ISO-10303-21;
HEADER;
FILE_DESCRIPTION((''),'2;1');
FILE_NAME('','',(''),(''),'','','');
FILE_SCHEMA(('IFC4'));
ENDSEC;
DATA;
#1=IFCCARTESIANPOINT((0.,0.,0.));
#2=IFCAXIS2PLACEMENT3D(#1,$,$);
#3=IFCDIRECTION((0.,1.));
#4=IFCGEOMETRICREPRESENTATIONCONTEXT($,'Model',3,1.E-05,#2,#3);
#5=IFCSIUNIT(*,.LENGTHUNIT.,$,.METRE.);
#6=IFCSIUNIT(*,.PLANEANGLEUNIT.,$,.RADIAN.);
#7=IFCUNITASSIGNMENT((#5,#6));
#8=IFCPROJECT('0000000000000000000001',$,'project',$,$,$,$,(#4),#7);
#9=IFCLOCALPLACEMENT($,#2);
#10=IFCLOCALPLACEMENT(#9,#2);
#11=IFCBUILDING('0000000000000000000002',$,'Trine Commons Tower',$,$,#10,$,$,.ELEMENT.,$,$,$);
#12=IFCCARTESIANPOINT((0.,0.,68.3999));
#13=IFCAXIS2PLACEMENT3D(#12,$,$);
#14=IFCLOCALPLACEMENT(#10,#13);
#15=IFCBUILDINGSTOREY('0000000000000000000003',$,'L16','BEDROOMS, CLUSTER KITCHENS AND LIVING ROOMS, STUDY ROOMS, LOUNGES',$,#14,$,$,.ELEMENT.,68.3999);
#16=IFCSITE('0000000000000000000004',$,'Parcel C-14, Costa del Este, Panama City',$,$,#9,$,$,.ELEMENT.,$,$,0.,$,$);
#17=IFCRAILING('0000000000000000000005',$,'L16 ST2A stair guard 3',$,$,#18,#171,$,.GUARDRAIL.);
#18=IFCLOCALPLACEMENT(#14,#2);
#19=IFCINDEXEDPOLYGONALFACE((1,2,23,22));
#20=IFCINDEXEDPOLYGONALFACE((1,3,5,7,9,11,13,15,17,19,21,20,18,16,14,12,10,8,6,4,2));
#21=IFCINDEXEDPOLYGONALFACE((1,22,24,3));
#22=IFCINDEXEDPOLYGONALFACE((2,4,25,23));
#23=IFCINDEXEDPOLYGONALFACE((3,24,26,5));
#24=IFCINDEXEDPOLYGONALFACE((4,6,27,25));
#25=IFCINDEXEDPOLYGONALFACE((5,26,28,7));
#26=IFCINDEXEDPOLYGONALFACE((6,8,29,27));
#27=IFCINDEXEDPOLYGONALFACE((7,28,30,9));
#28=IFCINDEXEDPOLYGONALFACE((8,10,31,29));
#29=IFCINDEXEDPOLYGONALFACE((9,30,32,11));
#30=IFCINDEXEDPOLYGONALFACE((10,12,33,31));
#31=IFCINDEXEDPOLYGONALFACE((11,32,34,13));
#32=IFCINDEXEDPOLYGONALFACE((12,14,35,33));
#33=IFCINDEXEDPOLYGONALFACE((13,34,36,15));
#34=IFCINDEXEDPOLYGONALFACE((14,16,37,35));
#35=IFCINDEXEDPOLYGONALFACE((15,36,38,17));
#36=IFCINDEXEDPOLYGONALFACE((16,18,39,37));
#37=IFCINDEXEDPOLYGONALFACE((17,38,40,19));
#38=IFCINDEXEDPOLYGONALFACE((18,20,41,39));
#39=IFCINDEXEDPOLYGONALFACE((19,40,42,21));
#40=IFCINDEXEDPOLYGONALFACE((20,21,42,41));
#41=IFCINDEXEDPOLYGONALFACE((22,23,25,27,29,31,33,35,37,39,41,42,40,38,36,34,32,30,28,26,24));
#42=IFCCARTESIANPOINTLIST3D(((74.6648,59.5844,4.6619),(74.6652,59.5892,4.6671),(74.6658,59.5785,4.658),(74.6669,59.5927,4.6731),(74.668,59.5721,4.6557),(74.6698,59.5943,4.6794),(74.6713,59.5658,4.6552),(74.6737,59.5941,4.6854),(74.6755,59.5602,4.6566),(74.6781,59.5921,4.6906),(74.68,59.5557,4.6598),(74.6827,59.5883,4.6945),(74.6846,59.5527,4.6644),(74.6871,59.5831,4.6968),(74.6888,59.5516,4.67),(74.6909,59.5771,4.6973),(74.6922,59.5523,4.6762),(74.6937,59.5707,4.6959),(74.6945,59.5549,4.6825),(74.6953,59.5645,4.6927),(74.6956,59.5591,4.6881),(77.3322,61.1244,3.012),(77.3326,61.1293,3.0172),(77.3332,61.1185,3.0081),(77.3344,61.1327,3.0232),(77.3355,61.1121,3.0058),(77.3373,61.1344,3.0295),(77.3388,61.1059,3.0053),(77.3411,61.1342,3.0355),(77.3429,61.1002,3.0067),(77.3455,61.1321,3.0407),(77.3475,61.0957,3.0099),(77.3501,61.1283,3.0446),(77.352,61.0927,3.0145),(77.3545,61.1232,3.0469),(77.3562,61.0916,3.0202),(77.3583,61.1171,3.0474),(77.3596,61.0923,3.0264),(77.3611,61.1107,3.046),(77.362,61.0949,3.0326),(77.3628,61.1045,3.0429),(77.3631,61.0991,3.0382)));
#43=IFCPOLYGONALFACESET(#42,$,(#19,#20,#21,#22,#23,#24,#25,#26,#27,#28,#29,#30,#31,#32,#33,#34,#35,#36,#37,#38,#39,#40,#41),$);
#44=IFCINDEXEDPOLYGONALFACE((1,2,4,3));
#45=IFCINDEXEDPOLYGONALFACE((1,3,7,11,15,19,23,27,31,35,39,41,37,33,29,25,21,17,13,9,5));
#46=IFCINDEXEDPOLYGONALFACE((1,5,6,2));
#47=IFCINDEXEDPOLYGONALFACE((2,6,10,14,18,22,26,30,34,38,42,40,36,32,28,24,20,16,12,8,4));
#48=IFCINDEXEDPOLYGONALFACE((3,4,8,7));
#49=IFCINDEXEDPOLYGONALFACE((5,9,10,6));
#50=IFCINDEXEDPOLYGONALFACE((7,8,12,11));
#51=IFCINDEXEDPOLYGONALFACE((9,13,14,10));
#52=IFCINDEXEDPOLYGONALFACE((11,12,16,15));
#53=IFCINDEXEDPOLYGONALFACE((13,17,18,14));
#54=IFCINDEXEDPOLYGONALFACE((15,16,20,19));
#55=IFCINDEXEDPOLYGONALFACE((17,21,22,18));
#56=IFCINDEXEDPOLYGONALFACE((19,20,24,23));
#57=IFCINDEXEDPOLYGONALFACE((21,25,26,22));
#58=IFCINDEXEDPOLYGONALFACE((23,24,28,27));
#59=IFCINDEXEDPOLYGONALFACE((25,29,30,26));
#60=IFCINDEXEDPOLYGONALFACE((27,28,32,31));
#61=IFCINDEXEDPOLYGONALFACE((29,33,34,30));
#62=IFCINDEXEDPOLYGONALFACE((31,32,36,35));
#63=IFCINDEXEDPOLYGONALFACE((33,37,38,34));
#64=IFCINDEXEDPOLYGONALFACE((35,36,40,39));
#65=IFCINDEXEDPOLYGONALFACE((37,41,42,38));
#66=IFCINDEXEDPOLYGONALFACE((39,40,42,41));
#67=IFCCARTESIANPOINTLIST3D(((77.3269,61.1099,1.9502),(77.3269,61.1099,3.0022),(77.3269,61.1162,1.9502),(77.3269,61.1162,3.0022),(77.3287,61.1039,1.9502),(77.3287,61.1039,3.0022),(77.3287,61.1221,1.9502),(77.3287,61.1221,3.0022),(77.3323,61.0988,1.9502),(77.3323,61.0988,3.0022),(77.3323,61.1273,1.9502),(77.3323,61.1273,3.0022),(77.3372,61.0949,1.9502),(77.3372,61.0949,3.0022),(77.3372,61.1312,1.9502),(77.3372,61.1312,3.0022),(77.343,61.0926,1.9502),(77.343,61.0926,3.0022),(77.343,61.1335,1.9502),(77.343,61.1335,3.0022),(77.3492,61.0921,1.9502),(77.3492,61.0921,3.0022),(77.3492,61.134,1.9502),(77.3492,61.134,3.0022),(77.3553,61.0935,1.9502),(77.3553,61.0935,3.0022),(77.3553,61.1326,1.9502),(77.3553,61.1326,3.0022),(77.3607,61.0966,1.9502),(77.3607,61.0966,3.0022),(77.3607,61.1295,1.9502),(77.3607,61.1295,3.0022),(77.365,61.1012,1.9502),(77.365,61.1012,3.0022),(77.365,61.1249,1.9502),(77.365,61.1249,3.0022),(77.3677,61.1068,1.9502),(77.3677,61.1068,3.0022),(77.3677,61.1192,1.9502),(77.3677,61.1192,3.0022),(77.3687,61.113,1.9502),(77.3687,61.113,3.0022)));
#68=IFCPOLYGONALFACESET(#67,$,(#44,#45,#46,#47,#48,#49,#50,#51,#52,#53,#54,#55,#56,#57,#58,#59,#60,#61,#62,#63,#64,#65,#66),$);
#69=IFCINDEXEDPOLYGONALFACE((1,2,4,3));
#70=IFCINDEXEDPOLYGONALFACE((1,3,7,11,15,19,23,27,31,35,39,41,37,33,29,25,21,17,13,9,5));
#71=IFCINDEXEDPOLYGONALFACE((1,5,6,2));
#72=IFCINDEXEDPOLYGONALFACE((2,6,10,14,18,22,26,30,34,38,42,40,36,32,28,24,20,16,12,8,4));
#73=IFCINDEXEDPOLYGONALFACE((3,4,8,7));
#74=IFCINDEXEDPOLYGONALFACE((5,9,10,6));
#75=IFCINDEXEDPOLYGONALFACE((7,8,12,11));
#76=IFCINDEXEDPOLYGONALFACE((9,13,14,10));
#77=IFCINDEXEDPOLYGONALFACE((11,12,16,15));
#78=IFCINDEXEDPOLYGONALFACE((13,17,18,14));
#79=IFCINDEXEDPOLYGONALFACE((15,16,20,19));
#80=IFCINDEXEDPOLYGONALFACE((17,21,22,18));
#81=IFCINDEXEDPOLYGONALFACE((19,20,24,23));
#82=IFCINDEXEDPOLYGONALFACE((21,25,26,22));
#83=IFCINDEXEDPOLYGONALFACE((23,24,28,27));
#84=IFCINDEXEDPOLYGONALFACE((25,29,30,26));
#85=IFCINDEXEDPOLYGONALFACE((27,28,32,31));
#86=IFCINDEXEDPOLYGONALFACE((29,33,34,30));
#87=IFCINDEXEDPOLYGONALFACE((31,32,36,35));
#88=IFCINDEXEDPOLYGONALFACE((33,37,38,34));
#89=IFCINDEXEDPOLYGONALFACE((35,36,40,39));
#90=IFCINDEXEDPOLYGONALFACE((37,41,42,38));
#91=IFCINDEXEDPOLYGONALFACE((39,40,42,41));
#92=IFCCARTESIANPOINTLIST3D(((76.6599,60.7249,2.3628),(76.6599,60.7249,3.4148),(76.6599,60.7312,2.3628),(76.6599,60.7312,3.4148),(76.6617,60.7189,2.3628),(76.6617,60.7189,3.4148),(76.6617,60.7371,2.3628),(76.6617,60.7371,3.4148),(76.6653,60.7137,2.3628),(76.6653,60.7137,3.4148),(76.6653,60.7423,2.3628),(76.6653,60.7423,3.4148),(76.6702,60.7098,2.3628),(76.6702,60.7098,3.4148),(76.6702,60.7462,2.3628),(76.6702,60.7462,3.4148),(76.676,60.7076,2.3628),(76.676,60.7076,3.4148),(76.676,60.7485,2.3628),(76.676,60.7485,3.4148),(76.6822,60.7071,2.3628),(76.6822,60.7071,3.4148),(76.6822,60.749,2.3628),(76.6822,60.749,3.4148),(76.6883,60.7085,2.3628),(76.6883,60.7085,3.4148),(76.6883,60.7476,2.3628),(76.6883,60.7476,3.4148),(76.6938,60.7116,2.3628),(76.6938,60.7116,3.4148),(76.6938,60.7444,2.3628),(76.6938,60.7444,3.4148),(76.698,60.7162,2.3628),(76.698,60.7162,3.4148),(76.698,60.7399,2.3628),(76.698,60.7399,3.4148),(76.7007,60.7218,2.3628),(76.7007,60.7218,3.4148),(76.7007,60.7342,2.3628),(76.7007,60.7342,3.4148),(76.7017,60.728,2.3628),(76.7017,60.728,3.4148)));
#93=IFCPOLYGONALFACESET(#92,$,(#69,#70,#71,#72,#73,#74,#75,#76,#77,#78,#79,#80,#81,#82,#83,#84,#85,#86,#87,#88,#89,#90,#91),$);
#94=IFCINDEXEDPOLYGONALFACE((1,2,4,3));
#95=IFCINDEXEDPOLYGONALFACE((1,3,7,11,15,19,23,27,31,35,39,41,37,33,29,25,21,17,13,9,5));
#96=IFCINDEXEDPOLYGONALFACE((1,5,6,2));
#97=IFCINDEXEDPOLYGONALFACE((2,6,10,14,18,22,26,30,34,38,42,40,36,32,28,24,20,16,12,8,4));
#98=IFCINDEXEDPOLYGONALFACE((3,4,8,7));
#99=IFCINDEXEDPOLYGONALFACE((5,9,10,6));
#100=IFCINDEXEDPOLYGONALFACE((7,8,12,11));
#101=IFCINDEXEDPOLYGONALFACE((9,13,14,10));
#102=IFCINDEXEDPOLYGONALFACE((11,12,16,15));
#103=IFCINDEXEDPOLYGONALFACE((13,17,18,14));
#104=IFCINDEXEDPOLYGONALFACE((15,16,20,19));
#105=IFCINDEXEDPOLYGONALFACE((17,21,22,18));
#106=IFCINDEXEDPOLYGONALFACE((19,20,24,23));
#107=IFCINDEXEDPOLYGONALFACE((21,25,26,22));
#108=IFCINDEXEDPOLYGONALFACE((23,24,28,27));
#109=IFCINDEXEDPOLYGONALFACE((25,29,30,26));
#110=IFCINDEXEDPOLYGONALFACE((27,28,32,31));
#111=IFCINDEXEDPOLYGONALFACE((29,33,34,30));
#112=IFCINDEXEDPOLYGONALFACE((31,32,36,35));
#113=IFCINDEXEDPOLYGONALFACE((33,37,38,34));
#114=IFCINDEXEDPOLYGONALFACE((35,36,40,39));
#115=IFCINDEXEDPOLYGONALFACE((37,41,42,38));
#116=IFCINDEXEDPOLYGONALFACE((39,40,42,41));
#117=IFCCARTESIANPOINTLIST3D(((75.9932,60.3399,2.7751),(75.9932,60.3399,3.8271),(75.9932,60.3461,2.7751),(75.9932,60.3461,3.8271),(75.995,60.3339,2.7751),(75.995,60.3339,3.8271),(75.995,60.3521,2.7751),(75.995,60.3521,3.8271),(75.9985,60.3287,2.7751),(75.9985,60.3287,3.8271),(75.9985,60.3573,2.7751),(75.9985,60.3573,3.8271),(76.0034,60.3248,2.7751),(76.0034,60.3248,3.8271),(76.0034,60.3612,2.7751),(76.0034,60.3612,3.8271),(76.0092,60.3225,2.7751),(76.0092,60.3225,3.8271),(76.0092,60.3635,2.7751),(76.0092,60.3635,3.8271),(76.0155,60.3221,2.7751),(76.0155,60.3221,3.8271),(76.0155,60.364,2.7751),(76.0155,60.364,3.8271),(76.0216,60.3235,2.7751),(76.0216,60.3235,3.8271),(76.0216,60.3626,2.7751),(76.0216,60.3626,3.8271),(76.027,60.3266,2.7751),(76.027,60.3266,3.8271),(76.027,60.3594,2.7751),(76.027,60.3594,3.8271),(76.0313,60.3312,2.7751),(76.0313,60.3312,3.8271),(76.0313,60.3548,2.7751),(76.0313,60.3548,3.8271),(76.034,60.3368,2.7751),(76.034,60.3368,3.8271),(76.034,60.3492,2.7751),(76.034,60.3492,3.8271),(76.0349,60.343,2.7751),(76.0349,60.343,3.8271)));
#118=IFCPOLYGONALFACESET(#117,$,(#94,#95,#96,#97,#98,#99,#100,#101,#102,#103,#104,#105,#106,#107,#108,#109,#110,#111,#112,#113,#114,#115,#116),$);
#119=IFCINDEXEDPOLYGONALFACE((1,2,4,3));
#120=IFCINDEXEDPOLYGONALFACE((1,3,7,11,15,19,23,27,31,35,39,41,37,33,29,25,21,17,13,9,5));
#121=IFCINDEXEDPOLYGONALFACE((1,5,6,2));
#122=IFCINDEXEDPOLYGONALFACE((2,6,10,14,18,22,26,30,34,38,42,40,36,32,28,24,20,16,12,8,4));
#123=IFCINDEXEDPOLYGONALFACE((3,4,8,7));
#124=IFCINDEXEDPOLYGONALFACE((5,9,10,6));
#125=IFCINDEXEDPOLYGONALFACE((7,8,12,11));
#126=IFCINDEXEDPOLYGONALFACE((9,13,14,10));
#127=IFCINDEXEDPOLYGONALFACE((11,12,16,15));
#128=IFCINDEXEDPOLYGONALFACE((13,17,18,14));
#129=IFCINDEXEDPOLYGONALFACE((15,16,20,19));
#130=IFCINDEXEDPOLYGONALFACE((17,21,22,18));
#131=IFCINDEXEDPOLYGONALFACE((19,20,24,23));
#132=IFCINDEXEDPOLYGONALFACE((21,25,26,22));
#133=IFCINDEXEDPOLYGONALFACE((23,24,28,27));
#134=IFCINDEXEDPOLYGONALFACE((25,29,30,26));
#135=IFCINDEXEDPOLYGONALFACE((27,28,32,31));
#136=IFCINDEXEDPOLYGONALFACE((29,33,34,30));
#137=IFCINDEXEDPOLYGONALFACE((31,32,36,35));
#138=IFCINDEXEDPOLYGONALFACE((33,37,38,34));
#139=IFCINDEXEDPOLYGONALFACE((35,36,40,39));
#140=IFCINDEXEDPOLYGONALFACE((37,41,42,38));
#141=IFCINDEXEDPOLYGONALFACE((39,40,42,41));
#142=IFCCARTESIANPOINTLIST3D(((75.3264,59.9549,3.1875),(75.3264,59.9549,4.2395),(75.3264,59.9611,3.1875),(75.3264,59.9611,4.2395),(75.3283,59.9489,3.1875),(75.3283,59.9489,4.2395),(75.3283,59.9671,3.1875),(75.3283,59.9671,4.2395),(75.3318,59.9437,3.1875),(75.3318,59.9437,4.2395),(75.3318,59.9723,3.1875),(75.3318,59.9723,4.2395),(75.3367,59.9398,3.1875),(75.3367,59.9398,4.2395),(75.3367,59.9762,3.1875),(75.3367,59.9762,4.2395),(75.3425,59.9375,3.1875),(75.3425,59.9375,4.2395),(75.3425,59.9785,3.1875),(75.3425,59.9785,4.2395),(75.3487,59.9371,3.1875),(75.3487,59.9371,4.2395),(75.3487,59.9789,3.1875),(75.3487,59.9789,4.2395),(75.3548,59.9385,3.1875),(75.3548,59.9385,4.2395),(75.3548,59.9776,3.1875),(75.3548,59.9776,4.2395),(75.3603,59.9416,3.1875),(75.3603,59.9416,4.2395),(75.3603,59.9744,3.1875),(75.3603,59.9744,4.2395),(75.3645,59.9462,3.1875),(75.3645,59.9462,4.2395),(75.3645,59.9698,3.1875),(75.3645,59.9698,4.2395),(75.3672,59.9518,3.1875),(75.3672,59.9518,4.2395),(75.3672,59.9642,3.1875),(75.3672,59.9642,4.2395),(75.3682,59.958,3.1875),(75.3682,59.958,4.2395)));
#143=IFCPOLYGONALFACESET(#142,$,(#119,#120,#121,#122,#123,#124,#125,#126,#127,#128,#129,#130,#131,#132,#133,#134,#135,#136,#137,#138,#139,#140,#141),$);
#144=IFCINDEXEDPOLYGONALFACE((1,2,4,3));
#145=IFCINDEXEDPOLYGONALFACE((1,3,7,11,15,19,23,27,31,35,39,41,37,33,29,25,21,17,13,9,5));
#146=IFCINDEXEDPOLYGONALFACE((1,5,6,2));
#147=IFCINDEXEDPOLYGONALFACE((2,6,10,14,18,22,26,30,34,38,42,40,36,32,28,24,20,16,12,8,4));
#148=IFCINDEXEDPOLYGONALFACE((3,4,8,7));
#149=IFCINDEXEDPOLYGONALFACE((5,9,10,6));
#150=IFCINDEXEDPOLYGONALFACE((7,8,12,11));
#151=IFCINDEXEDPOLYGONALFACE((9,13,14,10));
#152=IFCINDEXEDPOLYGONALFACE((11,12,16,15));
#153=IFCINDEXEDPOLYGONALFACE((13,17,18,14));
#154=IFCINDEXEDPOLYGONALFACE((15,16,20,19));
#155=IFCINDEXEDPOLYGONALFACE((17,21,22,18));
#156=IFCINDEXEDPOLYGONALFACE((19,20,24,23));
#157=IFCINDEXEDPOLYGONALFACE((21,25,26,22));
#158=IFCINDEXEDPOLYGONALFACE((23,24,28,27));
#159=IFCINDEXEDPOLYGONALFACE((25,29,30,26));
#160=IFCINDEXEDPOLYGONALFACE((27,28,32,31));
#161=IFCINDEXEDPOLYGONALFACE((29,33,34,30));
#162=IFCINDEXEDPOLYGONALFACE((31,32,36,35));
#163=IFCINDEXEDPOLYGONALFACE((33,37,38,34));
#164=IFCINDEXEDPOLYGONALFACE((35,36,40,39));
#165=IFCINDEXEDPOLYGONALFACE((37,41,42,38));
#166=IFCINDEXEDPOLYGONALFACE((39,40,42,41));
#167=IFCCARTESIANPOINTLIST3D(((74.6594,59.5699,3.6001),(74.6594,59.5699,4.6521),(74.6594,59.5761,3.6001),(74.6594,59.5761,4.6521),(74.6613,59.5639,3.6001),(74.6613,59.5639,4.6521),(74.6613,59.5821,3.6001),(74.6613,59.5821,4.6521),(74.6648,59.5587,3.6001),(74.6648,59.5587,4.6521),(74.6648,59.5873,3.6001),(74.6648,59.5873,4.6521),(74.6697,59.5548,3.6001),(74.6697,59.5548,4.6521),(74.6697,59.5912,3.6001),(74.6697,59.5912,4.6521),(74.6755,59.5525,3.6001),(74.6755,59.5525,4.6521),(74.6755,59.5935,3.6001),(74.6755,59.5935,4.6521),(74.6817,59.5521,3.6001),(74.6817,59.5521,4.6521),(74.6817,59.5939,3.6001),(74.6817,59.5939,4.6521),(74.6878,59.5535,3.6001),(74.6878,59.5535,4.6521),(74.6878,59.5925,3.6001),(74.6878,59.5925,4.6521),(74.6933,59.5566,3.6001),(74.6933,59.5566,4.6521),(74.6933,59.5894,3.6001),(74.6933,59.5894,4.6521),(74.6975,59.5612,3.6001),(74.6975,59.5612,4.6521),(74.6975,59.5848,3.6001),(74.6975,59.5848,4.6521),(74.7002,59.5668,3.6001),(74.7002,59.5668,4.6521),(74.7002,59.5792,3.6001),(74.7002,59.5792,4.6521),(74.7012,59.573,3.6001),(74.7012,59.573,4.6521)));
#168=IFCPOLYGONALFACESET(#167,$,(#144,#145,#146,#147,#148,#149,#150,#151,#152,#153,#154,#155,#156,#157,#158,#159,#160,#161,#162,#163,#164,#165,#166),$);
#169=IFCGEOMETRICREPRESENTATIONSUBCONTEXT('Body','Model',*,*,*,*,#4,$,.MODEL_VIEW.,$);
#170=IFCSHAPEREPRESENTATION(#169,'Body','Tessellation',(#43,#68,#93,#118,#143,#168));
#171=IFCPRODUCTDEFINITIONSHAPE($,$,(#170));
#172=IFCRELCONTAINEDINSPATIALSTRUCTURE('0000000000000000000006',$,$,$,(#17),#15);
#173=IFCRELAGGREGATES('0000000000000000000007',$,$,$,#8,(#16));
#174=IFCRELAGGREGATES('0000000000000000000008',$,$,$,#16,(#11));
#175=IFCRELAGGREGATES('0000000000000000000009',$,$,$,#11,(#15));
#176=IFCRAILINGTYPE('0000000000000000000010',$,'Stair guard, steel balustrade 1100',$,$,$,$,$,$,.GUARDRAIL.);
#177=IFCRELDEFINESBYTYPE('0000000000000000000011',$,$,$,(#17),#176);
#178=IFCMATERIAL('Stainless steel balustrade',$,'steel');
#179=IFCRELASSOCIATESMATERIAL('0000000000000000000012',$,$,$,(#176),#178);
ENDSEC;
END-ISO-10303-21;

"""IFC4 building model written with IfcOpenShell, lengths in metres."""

from ifc_helpers import new_model, si_unit, direction, frame, origin, origin_2d, place, context, subcontext, project, spatial, circle, extrude, material, type_object, element, save


model = new_model("IFC4")

# Units and contexts
model_context = context("Model", 3, precision=1e-05, world=origin(), true_north=direction((0.0, 1.0)))
body_context = subcontext(model_context, "Body", "Model", "MODEL_VIEW")
ifc_project = project(units=[si_unit("LENGTHUNIT", "METRE"), si_unit("PLANEANGLEUNIT", "RADIAN")], contexts=[model_context])

# Site, building, storey
site_placement = place(None, origin())
site = spatial("IfcSite", under=ifc_project, at=site_placement, Name="Parcel C-14, Costa del Este, Panama City", CompositionType="ELEMENT", RefElevation=0.0)
building_placement = place(site_placement, origin())
building = spatial("IfcBuilding", under=site, at=building_placement, Name="Trine Commons Tower", CompositionType="ELEMENT")
storey_placement = place(building_placement, frame((0.0, 0.0, 68.3999)))
storey = spatial("IfcBuildingStorey", under=building, at=storey_placement, Name="L16", Description="BEDROOMS, CLUSTER KITCHENS AND LIVING ROOMS, STUDY ROOMS, LOUNGES", CompositionType="ELEMENT", Elevation=68.3999)

# Railing
ifc_material_1 = material(Name="Stainless steel balustrade", Category="steel")
railing_type_1 = type_object("IfcRailingType", Name="Stair guard, steel balustrade 1100", PredefinedType="GUARDRAIL", material=ifc_material_1)
railing_1_placement = place(storey_placement, frame((77.3477, 61.113, 1.9502)))
element("IfcRailing", 1, at=railing_1_placement, inside=storey, type_object=railing_type_1, Name="L16 ST2A stair guard 3", PredefinedType="GUARDRAIL", context=body_context, shape_type="SweptSolid", body=[
    extrude(circle(Radius=0.0239, at=origin_2d()), frame((0.0, 0.0, 1.0762), z_axis=(-0.763405, -0.440743, 0.472185), x_axis=(0.499992, -0.86603, 0.0)), (0.0, 0.0, 1.0), 3.4941),
    extrude(circle(Radius=0.021, at=origin_2d()), origin(), (0.0, 0.0, 1.0), 1.052),
    extrude(circle(Radius=0.021, at=origin_2d()), frame((-0.667, -0.385, 0.4126)), (0.0, 0.0, 1.0), 1.052),
    extrude(circle(Radius=0.021, at=origin_2d()), frame((-1.3337, -0.77, 0.825)), (0.0, 0.0, 1.0), 1.052),
    extrude(circle(Radius=0.021, at=origin_2d()), frame((-2.0005, -1.155, 1.2373)), (0.0, 0.0, 1.0), 1.052),
    extrude(circle(Radius=0.021, at=origin_2d()), frame((-2.6675, -1.54, 1.6499)), (0.0, 0.0, 1.0), 1.052),
])

save(model, "model.ifc")
